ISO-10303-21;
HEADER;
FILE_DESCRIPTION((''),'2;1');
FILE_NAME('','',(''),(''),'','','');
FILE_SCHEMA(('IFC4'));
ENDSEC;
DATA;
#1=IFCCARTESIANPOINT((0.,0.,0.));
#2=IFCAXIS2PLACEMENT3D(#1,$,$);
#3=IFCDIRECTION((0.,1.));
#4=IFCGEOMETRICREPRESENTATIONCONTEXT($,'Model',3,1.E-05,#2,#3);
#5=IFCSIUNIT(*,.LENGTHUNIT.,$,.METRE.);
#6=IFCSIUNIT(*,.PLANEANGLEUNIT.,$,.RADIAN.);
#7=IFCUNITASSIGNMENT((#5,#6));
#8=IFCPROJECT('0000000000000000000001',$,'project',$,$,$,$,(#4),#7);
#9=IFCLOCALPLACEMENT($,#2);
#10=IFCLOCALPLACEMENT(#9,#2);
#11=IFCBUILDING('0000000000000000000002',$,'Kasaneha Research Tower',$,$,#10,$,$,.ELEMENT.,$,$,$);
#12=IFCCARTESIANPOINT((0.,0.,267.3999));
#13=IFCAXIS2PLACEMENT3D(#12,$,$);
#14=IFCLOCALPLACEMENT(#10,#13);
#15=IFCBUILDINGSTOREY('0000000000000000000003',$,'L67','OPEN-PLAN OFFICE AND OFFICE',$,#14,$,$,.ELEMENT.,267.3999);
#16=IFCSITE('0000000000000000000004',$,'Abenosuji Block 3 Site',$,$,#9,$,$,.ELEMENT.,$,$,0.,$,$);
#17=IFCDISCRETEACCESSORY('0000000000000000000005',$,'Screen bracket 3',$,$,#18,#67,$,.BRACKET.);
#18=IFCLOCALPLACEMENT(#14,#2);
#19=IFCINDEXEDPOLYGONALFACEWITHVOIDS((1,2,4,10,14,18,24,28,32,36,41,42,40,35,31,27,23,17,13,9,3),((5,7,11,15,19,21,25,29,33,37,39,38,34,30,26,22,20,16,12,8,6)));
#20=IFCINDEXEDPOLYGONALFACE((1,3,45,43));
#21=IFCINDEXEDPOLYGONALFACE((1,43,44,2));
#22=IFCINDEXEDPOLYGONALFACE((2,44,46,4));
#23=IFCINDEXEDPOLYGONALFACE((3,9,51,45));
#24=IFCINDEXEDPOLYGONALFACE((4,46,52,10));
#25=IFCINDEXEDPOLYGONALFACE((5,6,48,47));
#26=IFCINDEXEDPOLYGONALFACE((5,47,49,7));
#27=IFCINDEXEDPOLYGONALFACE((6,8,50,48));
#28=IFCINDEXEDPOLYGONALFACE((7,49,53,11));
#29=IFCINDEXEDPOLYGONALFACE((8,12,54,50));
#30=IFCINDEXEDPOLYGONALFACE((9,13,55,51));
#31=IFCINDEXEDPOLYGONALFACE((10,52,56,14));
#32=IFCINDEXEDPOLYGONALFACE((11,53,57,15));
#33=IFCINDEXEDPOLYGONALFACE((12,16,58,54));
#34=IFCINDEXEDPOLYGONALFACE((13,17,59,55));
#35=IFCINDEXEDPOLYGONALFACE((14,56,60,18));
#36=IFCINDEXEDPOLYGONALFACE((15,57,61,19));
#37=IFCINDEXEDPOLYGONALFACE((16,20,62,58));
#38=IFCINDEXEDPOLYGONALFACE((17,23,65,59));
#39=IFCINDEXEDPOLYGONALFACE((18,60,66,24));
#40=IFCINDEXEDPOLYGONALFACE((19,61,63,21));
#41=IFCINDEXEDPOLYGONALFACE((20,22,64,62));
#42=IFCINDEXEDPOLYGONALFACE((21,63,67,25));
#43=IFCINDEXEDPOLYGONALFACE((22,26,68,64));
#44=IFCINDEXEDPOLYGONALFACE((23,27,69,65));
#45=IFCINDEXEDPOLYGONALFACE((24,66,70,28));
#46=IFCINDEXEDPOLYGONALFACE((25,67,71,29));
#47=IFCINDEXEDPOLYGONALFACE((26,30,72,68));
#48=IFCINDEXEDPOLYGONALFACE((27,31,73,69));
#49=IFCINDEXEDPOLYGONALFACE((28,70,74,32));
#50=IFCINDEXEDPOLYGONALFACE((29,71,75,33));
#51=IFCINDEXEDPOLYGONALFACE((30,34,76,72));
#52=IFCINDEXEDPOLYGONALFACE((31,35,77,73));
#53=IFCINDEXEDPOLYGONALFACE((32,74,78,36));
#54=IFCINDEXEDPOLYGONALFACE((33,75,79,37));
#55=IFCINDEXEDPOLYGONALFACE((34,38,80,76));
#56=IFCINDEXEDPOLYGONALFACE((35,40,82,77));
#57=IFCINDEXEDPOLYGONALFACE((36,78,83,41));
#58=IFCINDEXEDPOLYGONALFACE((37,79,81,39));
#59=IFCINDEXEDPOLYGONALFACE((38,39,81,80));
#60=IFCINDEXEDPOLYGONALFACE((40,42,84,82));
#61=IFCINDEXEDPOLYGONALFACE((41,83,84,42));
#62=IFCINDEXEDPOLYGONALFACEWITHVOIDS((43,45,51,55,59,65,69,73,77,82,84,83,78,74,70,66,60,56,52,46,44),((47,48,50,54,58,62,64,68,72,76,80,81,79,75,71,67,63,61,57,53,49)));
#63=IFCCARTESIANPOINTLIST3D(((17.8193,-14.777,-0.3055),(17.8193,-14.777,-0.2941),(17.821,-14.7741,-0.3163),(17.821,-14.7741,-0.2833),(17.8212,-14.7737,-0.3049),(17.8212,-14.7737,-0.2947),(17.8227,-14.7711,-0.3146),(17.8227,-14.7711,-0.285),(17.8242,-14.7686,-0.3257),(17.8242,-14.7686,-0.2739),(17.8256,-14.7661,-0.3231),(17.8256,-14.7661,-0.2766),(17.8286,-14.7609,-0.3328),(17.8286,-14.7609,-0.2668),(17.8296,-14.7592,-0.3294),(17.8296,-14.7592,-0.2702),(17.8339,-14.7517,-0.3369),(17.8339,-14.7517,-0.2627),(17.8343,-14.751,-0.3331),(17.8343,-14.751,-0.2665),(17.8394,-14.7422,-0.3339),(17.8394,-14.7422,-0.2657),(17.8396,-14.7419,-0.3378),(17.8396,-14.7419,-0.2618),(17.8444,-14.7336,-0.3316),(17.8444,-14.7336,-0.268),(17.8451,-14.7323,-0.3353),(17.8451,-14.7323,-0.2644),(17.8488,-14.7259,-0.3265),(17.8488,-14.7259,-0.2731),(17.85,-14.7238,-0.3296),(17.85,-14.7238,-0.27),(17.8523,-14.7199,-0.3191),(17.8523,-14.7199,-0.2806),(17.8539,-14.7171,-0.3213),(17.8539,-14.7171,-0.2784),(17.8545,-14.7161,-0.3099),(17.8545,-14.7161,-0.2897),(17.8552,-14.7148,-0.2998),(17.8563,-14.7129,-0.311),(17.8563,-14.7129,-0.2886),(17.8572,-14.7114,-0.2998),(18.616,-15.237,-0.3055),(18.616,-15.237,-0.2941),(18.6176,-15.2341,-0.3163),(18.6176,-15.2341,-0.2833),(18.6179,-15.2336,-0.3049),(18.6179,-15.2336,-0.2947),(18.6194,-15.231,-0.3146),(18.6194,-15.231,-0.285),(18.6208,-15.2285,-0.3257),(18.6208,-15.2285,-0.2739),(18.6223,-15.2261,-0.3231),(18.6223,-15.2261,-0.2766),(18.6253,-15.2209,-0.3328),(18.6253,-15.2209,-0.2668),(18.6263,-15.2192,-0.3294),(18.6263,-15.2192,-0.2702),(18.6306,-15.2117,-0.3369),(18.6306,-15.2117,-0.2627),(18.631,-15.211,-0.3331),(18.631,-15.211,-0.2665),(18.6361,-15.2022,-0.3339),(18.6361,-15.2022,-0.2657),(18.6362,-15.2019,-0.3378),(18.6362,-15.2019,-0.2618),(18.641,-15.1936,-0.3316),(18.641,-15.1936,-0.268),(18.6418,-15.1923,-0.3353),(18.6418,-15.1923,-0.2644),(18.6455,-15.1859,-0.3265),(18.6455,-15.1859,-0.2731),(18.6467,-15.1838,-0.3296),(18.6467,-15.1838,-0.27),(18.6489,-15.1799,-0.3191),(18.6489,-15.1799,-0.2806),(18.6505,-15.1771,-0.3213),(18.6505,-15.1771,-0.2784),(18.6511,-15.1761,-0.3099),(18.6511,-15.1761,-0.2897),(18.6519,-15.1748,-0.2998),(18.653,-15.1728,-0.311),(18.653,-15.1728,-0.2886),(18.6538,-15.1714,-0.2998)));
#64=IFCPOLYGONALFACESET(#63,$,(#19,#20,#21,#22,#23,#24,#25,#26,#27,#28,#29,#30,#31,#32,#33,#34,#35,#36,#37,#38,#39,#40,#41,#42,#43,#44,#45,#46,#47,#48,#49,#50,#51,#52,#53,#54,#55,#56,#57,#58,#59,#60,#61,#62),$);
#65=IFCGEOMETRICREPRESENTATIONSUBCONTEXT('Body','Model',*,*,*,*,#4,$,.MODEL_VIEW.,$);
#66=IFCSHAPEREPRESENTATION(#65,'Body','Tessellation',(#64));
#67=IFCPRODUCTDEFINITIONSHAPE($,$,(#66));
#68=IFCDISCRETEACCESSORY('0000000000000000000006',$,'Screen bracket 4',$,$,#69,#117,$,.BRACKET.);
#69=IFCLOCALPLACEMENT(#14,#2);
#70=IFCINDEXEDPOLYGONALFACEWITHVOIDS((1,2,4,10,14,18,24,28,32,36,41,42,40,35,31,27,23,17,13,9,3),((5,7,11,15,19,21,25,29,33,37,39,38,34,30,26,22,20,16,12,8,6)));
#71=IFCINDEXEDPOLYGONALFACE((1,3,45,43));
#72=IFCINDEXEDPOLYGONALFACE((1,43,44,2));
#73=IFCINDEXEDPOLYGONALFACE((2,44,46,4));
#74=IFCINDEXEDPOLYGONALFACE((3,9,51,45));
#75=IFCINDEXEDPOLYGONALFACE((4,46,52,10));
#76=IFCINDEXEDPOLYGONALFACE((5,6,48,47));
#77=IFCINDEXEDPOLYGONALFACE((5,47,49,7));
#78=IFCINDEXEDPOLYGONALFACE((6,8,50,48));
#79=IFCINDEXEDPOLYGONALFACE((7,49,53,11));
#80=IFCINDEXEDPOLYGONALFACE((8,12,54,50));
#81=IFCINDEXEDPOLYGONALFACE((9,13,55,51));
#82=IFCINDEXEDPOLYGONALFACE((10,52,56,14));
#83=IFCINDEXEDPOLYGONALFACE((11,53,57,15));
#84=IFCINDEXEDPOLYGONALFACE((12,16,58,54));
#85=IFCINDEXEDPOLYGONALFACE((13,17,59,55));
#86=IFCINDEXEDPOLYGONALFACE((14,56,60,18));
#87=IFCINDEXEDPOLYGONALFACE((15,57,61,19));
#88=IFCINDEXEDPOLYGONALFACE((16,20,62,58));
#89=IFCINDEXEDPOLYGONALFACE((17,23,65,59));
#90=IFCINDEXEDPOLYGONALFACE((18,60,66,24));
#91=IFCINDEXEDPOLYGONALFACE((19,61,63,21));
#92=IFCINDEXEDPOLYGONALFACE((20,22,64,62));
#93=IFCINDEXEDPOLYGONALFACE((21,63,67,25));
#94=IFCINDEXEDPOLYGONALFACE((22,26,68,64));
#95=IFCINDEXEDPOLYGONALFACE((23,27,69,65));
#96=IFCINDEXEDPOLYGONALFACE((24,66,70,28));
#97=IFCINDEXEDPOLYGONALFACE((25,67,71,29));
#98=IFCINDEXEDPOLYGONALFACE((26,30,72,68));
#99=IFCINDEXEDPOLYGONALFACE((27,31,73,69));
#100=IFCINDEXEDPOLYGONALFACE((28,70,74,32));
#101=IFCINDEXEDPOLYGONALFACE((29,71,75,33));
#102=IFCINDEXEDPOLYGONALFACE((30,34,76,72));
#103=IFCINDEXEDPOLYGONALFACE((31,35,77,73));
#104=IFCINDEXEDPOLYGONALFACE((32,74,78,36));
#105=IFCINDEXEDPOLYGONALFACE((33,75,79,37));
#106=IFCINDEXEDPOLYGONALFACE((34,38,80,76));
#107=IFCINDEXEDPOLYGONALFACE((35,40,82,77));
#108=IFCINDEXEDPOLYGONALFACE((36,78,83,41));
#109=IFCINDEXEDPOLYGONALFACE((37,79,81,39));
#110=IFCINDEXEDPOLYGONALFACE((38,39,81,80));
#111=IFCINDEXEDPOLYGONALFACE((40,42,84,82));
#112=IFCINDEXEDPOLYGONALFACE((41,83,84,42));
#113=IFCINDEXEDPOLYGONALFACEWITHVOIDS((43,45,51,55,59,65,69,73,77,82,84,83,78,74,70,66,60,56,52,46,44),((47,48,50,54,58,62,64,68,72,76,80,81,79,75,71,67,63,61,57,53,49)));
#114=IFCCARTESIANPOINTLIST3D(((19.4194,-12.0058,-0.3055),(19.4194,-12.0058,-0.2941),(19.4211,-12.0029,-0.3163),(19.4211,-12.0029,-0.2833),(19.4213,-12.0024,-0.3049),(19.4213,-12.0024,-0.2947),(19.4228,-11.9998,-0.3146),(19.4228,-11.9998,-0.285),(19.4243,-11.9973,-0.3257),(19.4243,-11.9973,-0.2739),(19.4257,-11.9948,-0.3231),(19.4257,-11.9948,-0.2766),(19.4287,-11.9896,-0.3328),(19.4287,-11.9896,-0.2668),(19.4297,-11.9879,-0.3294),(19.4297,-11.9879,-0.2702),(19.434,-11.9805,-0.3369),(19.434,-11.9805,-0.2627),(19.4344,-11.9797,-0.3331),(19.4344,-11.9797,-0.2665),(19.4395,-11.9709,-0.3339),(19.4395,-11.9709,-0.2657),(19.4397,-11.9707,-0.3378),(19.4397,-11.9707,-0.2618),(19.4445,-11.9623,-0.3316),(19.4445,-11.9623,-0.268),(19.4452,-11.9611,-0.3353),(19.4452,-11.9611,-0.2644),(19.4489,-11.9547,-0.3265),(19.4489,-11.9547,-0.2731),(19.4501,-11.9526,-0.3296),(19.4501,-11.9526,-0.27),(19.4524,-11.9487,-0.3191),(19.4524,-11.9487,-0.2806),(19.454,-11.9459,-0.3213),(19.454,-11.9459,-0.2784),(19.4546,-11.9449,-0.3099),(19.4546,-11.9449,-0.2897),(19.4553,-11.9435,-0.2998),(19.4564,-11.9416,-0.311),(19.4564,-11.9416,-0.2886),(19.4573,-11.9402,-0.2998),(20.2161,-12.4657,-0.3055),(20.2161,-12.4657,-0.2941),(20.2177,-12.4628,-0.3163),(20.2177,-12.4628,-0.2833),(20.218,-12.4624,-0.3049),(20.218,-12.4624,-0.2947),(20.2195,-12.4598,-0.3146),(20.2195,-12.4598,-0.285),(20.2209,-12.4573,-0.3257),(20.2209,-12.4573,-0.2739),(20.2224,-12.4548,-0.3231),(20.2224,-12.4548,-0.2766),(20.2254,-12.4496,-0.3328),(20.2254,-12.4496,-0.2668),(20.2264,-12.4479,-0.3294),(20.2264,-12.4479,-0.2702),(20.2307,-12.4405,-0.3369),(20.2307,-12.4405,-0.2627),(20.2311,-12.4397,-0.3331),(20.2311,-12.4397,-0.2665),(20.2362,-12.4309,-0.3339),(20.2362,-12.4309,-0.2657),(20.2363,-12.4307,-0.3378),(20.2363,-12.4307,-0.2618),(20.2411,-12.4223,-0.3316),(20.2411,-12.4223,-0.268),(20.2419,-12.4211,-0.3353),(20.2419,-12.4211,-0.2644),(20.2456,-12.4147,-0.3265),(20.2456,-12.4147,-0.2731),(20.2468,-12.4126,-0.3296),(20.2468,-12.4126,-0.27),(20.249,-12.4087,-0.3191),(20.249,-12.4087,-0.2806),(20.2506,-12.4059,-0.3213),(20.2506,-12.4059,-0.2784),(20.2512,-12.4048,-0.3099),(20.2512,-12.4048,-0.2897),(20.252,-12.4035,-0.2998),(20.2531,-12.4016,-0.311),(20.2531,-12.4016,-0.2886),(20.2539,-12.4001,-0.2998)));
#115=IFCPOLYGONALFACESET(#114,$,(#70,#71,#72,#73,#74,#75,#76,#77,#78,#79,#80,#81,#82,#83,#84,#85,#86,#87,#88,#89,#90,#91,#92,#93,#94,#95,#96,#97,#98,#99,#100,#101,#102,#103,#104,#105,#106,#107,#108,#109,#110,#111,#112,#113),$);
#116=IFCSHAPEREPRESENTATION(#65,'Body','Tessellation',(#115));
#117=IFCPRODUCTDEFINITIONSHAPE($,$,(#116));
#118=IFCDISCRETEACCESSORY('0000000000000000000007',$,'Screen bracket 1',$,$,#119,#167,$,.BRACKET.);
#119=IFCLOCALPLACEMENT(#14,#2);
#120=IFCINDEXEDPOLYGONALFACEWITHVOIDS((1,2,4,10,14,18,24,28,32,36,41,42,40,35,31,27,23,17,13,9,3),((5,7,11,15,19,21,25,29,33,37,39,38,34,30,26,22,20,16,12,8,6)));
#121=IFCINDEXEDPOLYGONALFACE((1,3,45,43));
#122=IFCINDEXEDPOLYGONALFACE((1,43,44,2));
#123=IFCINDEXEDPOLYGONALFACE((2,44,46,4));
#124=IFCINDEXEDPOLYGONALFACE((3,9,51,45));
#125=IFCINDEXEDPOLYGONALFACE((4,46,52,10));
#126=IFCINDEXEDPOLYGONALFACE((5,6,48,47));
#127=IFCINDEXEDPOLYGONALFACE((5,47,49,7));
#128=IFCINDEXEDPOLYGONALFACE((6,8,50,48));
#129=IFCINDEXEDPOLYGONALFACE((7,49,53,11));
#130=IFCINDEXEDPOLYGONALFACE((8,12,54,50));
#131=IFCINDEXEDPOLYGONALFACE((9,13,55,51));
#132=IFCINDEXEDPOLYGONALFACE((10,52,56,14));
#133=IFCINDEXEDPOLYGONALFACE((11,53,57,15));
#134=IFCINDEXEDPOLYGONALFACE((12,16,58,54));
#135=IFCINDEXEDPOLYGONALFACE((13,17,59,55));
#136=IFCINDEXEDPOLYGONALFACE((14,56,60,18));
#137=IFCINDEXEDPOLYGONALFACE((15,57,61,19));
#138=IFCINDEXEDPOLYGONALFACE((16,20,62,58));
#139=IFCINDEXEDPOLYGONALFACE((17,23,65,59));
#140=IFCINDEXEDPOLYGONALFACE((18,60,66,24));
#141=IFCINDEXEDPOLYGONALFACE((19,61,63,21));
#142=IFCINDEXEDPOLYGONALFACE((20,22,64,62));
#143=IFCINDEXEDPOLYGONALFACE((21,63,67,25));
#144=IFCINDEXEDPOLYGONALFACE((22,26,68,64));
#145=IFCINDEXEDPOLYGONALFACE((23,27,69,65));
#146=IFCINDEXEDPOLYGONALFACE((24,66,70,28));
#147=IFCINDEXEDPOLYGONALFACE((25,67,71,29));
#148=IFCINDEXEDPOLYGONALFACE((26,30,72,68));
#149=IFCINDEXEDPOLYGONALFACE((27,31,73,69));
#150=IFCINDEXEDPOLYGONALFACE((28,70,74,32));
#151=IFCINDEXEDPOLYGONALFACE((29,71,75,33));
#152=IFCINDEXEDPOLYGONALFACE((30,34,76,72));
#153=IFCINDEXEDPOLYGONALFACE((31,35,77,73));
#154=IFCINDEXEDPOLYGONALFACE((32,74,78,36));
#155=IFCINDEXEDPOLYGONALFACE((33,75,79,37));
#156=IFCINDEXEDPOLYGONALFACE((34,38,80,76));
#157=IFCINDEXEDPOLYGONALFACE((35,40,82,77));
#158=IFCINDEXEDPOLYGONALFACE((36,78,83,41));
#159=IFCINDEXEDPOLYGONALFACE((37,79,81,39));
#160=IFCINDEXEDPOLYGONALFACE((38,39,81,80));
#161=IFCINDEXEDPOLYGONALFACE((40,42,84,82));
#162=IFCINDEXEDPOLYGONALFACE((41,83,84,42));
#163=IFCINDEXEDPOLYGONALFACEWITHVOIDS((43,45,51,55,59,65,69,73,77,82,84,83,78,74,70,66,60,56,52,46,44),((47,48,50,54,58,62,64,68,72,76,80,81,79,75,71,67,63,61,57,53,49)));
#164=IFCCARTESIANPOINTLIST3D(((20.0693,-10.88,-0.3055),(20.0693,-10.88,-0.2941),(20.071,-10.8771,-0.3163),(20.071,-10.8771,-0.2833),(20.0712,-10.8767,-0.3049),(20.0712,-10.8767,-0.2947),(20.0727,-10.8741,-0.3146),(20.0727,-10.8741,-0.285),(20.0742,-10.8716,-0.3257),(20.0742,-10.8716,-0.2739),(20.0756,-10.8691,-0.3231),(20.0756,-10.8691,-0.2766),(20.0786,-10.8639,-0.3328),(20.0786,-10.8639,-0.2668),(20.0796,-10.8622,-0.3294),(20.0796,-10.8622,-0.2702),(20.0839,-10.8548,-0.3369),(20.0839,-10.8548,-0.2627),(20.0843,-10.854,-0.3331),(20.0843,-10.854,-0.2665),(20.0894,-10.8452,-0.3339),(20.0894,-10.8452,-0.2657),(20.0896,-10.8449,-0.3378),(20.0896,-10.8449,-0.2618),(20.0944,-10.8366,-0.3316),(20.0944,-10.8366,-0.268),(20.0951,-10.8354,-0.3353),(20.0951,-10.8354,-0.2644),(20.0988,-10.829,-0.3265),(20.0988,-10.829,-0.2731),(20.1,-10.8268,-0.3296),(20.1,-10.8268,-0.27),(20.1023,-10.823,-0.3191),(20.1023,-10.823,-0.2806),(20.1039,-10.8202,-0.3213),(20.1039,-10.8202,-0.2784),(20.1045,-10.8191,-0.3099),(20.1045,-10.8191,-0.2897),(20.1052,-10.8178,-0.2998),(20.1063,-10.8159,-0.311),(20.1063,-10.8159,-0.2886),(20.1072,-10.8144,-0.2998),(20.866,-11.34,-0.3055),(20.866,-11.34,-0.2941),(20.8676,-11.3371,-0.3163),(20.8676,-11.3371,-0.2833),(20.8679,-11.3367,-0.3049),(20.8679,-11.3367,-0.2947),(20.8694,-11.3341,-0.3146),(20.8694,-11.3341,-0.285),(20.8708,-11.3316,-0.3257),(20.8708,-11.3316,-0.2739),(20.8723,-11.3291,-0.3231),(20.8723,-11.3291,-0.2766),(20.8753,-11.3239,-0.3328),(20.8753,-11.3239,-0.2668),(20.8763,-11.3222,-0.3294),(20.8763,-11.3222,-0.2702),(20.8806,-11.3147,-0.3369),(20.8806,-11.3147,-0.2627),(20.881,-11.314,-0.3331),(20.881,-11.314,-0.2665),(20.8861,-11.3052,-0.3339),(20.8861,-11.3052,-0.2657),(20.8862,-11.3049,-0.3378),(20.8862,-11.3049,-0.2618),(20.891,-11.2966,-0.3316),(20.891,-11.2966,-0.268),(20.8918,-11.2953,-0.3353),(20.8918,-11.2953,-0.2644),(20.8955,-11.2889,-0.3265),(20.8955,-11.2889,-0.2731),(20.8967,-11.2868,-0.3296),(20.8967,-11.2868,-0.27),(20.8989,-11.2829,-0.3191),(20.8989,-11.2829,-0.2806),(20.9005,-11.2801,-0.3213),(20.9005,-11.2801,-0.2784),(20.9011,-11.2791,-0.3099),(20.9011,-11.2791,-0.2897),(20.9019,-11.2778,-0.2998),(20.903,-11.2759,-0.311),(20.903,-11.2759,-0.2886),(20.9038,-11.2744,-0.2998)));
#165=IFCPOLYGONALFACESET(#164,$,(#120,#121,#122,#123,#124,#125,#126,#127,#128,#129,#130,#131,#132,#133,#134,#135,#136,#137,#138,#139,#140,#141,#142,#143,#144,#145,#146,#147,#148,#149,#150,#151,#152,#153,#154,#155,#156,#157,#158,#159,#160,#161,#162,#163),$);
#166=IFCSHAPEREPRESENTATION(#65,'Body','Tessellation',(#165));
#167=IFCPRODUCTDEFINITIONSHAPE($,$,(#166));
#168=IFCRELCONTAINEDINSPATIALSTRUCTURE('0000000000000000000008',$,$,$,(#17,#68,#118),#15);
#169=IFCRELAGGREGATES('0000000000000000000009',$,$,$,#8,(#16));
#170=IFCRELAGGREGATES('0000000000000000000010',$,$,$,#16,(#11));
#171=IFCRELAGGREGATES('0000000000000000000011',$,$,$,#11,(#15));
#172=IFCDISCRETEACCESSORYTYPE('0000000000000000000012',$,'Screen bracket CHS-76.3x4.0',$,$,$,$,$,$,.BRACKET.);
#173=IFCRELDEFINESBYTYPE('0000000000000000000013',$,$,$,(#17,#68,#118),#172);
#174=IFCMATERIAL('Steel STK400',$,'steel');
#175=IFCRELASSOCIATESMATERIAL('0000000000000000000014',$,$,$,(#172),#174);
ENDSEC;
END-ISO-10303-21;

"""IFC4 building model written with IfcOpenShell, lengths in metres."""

from ifc_helpers import new_model, si_unit, direction, frame, origin, origin_2d, place, context, subcontext, project, spatial, hollow_circle, extrude, material, material_profile, profile_set, type_object, element, save


model = new_model("IFC4")

# Units and contexts
model_context = context("Model", 3, precision=1e-05, world=origin(), true_north=direction((0.0, 1.0)))
body_context = subcontext(model_context, "Body", "Model", "MODEL_VIEW")
ifc_project = project(units=[si_unit("LENGTHUNIT", "METRE"), si_unit("PLANEANGLEUNIT", "RADIAN")], contexts=[model_context])

# Site, building, storey
site_placement = place(None, origin())
site = spatial("IfcSite", under=ifc_project, at=site_placement, Name="Abenosuji Block 3 Site", CompositionType="ELEMENT", RefElevation=0.0)
building_placement = place(site_placement, origin())
building = spatial("IfcBuilding", under=site, at=building_placement, Name="Kasaneha Research Tower", CompositionType="ELEMENT")
storey_placement = place(building_placement, frame((0.0, 0.0, 267.3999)))
storey = spatial("IfcBuildingStorey", under=building, at=storey_placement, Name="L67", Description="OPEN-PLAN OFFICE AND OFFICE", CompositionType="ELEMENT", Elevation=267.3999)

# Discrete accessories
ifc_material_1 = material(Name="Steel STK400", Category="steel")
ifc_material_profile_1 = material_profile(ifc_material_1, hollow_circle(Radius=0.0381, WallThickness=0.0039, at=origin_2d()), Name="CHS-76.3x4.0")
ifc_profile_set_1 = profile_set([ifc_material_profile_1], Name="Steel STK400")
discrete_accessory_type = type_object("IfcDiscreteAccessoryType", Name="Screen bracket CHS-76.3x4.0", PredefinedType="BRACKET", material=ifc_profile_set_1)
for number, where, z_axis, x_axis, name in (
    (1, (17.8381, -14.7444, -0.2998), (0.866013, -0.500021, 0.0), (0.500021, 0.866013, 0.0), "Screen bracket 3"),
    (2, (19.4382, -11.9731, -0.2998), (0.866013, -0.500021, 0.0), (0.500021, 0.866013, 0.0), "Screen bracket 4"),
    (3, (20.0881, -10.8474, -0.2998), (0.866013, -0.500021, 0.0), (0.500021, 0.866013, 0.0), "Screen bracket 1"),
):
    element("IfcDiscreteAccessory", number, at=place(storey_placement, frame(where, z_axis=z_axis, x_axis=x_axis)), inside=storey, type_object=discrete_accessory_type, Name=name, PredefinedType="BRACKET", context=body_context, shape_type="SweptSolid", body=[
        extrude(hollow_circle(Radius=0.0381, WallThickness=0.0039, at=origin_2d()), origin(), (0.0, 0.0, 1.0), 0.9199),
    ])

save(model, "model.ifc")
